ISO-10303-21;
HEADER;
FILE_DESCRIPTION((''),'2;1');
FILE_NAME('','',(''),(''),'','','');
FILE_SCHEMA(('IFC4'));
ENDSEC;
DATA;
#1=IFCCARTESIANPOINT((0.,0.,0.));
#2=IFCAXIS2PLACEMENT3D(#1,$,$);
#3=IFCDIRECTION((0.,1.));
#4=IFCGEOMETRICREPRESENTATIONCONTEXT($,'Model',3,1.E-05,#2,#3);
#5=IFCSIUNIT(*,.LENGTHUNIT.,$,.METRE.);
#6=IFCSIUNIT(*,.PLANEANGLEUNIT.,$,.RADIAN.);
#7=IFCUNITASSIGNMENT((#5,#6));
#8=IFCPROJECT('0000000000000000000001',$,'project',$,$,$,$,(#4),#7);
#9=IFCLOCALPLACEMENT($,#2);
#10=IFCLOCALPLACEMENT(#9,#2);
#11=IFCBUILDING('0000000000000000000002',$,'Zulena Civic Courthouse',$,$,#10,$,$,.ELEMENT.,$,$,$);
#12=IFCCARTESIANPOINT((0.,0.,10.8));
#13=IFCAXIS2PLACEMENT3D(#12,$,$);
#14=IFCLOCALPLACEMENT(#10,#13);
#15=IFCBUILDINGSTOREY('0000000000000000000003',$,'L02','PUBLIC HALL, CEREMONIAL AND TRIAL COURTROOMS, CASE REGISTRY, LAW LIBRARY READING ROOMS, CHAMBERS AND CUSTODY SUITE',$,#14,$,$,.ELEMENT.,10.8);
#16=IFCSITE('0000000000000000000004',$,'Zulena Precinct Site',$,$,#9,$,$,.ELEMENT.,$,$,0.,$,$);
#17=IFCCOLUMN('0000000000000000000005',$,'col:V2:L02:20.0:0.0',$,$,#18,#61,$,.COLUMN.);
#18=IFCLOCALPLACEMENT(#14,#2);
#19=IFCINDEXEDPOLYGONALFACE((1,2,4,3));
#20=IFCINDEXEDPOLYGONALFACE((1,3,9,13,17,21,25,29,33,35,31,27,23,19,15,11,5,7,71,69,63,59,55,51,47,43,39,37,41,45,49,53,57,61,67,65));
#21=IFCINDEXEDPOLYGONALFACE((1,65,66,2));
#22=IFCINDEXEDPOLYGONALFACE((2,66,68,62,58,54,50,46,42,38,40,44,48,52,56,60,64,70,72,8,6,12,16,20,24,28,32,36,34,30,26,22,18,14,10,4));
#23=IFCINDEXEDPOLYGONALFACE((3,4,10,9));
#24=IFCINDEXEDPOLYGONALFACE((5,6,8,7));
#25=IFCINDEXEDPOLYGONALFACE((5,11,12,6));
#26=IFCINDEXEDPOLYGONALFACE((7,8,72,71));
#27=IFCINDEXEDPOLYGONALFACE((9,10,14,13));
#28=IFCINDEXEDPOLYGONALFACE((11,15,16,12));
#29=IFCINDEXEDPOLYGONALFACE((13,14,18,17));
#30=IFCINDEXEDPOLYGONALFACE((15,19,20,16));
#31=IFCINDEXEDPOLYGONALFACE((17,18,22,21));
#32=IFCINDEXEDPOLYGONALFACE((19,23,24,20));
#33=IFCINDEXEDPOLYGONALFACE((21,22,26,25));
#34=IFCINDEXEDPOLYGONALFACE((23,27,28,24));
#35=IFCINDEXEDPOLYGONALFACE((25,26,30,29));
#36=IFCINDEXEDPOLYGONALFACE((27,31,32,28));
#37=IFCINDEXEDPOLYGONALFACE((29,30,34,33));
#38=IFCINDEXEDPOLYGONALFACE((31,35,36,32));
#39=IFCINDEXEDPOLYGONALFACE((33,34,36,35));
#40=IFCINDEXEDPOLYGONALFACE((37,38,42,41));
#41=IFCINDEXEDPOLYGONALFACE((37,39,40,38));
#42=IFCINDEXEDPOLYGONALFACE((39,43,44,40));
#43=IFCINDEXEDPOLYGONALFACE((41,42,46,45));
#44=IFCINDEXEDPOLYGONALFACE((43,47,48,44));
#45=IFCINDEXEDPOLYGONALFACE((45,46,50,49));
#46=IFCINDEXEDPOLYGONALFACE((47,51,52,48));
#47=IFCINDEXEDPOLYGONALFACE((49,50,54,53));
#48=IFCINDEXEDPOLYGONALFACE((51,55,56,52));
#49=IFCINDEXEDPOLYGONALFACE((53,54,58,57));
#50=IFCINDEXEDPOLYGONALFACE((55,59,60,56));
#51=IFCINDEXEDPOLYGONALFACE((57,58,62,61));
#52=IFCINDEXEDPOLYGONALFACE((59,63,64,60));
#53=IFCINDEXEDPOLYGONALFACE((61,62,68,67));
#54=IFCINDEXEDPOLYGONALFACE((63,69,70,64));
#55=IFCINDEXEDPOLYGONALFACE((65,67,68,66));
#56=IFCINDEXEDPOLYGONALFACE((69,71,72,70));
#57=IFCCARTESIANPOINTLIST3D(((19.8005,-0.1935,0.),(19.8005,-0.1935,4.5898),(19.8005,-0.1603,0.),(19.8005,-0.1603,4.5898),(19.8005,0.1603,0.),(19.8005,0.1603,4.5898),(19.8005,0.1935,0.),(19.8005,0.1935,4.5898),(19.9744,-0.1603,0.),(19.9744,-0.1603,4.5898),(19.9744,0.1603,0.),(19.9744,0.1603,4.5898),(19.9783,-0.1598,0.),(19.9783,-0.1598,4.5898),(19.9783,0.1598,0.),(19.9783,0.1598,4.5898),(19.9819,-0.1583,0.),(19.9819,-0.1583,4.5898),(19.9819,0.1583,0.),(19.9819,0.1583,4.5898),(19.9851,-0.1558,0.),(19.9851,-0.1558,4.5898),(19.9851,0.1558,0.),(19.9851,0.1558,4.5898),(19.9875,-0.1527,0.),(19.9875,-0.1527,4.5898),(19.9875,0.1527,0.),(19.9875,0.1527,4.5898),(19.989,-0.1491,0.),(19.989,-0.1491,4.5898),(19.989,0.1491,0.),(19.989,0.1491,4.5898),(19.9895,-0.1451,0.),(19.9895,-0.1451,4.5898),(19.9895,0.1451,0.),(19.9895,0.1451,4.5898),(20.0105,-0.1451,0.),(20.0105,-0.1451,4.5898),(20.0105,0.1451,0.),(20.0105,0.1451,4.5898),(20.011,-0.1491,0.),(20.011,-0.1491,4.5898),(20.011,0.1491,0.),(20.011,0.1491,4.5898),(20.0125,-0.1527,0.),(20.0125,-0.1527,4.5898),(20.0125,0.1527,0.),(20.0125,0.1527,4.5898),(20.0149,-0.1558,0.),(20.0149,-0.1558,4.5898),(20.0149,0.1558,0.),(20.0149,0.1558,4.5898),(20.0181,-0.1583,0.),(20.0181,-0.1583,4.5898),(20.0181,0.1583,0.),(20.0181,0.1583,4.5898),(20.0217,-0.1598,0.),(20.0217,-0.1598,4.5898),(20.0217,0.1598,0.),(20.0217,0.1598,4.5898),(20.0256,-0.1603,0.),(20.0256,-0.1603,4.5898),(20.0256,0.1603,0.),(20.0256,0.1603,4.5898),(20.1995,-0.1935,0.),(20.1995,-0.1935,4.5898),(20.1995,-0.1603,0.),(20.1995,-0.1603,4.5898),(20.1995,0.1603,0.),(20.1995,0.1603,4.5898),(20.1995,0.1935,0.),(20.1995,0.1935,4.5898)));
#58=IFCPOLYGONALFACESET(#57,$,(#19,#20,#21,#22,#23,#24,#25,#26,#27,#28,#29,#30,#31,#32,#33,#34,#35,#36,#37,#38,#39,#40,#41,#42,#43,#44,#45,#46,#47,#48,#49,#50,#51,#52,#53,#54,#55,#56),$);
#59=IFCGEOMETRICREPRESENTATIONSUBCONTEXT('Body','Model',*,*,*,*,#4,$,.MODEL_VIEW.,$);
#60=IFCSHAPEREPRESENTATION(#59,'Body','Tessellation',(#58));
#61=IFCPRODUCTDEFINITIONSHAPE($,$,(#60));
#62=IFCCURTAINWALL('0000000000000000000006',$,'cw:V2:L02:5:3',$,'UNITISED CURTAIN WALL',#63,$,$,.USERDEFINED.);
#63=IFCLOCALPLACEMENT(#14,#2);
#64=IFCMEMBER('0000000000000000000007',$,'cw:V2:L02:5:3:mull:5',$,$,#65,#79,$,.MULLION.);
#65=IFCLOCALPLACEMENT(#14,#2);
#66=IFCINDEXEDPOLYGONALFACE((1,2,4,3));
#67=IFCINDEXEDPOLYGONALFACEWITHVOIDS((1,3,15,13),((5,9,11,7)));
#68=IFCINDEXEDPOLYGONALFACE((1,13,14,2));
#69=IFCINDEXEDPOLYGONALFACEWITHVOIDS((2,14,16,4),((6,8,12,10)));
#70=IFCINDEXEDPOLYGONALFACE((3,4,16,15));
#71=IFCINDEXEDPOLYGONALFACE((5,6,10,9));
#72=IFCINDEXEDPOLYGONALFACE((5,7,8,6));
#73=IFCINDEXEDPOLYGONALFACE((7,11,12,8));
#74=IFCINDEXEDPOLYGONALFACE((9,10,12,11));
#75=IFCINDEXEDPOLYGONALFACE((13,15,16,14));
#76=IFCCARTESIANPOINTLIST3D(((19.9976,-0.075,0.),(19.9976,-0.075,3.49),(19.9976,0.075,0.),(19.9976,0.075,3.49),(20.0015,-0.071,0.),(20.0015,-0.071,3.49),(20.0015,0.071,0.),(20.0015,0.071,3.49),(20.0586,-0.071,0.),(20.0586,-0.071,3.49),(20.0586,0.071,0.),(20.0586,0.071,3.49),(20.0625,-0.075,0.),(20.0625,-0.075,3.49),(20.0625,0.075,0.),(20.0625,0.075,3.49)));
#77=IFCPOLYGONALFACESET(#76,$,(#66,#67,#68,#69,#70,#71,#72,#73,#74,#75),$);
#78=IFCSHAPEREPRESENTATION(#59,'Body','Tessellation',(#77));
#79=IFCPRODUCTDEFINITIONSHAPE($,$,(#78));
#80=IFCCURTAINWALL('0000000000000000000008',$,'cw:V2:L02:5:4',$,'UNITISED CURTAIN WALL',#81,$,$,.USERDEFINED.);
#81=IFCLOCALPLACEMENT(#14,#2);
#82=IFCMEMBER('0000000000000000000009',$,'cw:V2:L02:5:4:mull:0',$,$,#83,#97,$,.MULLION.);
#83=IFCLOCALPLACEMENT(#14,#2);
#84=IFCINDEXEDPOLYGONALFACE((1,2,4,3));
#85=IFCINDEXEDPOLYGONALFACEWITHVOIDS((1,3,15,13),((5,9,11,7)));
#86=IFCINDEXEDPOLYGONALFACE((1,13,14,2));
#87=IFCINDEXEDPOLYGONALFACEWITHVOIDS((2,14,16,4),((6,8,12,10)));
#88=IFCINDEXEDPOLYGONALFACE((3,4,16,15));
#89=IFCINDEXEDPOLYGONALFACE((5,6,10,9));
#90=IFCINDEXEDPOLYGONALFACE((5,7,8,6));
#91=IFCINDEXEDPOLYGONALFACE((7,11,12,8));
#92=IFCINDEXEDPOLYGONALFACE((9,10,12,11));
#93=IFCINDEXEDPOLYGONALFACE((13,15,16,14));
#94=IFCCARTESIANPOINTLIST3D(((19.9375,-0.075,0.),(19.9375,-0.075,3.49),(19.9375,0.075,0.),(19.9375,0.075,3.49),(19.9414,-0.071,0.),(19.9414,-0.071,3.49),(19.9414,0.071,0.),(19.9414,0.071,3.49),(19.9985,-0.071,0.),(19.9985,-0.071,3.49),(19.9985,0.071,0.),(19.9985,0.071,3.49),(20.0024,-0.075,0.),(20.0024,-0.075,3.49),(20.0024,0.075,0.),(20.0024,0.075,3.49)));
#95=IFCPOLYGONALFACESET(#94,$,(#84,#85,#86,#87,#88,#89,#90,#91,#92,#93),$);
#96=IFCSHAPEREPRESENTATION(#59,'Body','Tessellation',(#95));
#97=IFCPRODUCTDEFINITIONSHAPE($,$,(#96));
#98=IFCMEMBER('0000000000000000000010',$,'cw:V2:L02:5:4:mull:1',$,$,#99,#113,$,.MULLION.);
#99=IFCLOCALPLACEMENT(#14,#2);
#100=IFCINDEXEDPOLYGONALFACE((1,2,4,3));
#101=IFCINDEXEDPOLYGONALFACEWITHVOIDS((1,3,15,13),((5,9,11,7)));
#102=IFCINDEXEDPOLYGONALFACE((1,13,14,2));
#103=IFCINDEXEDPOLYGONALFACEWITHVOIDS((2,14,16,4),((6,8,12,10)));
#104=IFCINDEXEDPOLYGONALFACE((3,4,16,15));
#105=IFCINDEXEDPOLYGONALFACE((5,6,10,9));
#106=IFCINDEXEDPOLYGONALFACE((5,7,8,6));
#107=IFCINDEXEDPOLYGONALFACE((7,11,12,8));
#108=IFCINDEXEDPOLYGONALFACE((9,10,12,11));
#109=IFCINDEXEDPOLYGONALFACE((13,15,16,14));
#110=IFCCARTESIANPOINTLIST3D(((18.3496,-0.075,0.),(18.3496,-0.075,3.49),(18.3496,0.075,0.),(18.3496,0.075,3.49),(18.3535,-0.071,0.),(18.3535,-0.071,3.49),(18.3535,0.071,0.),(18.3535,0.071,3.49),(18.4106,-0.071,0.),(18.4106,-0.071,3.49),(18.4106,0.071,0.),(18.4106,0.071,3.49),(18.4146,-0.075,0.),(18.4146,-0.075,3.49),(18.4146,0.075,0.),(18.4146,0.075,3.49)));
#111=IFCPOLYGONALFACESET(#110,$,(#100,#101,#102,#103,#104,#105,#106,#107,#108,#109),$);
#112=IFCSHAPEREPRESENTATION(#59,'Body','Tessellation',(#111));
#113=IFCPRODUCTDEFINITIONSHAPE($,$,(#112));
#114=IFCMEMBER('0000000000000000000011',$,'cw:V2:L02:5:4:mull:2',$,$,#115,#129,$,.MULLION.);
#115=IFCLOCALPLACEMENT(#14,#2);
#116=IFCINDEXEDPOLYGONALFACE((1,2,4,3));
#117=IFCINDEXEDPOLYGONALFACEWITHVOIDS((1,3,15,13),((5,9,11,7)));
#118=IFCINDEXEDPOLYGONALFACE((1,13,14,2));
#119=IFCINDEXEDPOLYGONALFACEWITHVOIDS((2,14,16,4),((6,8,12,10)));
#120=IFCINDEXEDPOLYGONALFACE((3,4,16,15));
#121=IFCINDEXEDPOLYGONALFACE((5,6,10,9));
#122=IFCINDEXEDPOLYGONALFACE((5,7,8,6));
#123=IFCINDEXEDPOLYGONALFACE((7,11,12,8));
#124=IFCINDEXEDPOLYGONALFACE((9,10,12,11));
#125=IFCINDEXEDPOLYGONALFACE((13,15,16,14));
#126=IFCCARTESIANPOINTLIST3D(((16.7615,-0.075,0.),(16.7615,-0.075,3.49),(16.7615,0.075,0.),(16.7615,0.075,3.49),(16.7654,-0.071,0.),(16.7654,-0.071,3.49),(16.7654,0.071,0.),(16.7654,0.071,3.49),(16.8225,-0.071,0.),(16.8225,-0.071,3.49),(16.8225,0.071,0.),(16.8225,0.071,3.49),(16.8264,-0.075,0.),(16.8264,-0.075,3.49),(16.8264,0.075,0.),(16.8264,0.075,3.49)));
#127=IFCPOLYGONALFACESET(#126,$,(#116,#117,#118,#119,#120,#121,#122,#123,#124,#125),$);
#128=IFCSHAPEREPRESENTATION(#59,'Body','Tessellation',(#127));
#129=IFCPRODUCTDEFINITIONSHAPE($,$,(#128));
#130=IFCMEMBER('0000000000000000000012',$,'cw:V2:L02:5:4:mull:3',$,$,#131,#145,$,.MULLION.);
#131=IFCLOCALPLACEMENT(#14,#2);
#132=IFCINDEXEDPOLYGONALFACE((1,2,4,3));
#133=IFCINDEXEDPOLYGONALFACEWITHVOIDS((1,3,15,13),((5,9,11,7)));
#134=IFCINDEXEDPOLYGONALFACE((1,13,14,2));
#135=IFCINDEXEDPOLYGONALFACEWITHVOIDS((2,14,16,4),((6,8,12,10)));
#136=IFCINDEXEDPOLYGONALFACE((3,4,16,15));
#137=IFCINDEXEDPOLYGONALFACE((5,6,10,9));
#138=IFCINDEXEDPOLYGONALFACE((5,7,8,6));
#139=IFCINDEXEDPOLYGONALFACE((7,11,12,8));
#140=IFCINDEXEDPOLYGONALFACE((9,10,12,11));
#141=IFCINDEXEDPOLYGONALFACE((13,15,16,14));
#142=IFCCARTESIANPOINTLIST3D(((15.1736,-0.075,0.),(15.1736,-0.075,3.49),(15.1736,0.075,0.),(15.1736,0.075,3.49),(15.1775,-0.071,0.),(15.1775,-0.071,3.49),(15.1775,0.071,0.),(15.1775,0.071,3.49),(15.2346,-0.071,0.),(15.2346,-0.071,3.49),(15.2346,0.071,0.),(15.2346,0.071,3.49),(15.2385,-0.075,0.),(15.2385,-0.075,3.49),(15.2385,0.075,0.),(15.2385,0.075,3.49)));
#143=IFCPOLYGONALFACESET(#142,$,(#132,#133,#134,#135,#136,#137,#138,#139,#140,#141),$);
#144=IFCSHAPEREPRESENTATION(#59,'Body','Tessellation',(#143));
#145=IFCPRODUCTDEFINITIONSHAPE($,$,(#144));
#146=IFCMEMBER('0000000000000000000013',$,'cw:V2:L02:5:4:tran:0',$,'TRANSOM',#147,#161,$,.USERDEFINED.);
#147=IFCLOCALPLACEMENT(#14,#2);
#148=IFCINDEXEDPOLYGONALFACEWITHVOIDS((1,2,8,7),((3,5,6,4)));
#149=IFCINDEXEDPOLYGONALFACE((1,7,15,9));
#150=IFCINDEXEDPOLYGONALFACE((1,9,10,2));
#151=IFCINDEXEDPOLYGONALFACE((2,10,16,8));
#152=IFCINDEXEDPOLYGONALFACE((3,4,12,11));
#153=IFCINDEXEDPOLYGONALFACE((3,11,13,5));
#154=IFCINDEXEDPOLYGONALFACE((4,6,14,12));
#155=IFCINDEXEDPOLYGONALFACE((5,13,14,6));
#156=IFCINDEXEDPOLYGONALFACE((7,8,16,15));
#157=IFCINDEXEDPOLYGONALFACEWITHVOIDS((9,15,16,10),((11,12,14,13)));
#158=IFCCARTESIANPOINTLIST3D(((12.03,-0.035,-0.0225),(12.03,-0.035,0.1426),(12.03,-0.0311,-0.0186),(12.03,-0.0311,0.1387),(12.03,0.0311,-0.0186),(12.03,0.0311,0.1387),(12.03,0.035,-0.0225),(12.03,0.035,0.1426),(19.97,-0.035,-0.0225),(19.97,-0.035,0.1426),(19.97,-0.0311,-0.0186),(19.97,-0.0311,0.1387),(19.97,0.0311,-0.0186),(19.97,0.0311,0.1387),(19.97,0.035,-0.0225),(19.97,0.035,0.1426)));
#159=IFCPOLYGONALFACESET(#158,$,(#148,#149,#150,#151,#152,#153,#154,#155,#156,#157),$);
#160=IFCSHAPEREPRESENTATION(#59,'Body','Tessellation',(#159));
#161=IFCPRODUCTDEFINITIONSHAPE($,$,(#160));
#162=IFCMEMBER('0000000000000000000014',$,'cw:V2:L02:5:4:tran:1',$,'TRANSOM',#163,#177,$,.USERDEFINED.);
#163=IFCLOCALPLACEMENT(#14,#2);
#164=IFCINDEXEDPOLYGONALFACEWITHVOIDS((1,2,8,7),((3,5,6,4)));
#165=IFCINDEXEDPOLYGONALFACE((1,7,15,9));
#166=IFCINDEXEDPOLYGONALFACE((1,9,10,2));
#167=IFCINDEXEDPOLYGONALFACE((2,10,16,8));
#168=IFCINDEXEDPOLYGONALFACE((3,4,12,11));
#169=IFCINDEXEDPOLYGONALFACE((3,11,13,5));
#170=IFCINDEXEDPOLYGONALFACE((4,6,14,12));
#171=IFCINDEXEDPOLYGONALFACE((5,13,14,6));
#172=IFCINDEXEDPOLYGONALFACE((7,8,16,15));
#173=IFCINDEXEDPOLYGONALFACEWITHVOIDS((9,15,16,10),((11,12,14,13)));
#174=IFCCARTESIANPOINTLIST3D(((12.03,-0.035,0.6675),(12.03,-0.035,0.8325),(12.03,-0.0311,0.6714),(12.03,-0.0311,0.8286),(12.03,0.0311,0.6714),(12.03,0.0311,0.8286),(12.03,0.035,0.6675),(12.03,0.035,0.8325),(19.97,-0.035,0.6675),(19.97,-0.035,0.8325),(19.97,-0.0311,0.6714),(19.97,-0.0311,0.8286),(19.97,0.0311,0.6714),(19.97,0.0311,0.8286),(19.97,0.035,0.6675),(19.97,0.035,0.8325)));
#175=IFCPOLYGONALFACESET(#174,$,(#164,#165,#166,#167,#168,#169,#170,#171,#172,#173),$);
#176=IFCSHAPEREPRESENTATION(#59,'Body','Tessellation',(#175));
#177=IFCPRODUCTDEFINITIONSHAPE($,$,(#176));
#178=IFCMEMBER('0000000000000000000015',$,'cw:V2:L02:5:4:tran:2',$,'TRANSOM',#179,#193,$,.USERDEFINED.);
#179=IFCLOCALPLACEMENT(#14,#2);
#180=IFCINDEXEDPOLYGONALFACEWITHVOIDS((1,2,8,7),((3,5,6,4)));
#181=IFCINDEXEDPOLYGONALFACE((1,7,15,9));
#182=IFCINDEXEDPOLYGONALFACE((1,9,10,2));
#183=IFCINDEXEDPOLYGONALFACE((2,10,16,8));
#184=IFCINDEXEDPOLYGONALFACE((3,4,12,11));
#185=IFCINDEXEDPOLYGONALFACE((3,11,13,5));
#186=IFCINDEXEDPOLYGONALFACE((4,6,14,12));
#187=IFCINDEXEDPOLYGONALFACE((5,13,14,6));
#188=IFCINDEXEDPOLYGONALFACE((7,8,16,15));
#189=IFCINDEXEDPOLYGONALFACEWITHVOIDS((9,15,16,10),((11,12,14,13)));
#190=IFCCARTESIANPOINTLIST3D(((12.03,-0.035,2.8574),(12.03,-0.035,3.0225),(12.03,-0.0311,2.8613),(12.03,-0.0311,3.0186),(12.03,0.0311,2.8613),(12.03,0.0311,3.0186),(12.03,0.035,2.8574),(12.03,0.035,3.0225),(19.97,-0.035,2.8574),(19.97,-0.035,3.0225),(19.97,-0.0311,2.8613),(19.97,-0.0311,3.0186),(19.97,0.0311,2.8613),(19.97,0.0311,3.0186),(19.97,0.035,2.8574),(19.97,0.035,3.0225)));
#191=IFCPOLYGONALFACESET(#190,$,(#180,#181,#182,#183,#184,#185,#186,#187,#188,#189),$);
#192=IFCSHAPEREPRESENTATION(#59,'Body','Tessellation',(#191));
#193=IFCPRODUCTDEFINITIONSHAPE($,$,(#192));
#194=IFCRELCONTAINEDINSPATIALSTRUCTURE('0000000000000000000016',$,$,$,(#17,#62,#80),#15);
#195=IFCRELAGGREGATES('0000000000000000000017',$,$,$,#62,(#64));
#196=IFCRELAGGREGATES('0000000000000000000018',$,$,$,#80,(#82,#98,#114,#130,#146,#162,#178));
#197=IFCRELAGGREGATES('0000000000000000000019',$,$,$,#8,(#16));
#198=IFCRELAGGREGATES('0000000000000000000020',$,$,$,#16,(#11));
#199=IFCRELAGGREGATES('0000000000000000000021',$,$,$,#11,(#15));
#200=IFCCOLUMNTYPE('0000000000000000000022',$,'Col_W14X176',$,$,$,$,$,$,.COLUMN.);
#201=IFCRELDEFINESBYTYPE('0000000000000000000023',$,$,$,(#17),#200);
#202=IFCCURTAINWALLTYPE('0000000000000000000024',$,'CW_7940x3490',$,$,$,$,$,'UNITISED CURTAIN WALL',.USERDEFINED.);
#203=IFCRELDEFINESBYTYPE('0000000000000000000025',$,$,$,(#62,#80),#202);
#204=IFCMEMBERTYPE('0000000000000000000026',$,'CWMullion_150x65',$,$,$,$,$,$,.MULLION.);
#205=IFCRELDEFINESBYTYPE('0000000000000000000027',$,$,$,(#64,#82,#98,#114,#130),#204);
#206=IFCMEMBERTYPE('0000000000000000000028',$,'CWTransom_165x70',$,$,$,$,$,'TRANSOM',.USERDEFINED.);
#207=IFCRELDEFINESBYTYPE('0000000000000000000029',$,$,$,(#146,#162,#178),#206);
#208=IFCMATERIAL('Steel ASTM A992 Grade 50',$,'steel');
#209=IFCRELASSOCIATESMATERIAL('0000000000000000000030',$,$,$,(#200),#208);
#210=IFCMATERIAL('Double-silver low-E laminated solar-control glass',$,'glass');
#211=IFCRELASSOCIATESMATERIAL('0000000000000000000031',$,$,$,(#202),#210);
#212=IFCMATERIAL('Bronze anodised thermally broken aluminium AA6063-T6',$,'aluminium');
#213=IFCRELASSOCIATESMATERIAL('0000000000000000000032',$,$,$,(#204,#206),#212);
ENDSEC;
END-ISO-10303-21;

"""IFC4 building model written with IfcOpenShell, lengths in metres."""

from ifc_helpers import new_model, si_unit, direction, frame, origin, origin_2d, place, context, subcontext, project, spatial, hollow_rectangle, i_section, extrude, material, material_profile, profile_set, type_object, element, aggregate, save


model = new_model("IFC4")

# Units and contexts
model_context = context("Model", 3, precision=1e-05, world=origin(), true_north=direction((0.0, 1.0)))
body_context = subcontext(model_context, "Body", "Model", "MODEL_VIEW")
ifc_project = project(units=[si_unit("LENGTHUNIT", "METRE"), si_unit("PLANEANGLEUNIT", "RADIAN")], contexts=[model_context])

# Site, building, storey
site_placement = place(None, origin())
site = spatial("IfcSite", under=ifc_project, at=site_placement, Name="Zulena Precinct Site", CompositionType="ELEMENT", RefElevation=0.0)
building_placement = place(site_placement, origin())
building = spatial("IfcBuilding", under=site, at=building_placement, Name="Zulena Civic Courthouse", CompositionType="ELEMENT")
storey_placement = place(building_placement, frame((0.0, 0.0, 10.8)))
storey = spatial("IfcBuildingStorey", under=building, at=storey_placement, Name="L02", Description="PUBLIC HALL, CEREMONIAL AND TRIAL COURTROOMS, CASE REGISTRY, LAW LIBRARY READING ROOMS, CHAMBERS AND CUSTODY SUITE", CompositionType="ELEMENT", Elevation=10.8)

# Column
ifc_material_1 = material(Name="Steel ASTM A992 Grade 50", Category="steel")
ifc_material_profile_1 = material_profile(ifc_material_1, i_section(OverallWidth=0.3989, OverallDepth=0.387, WebThickness=0.021, FlangeThickness=0.0332, FilletRadius=0.0151, at=origin_2d()), Name="W14X176")
ifc_profile_set_1 = profile_set([ifc_material_profile_1], Name="Steel ASTM A992 Grade 50")
column_type = type_object("IfcColumnType", Name="Col_W14X176", PredefinedType="COLUMN", material=ifc_profile_set_1)
column_placement = place(storey_placement, frame((20.0, 0.0, 0.0), z_axis=(0.0, 0.0, 1.0), x_axis=(1.0, 0.0, 0.0)))
element("IfcColumn", 1, at=column_placement, inside=storey, type_object=column_type, Name="col:V2:L02:20.0:0.0", PredefinedType="COLUMN", context=body_context, shape_type="SweptSolid", body=[
    extrude(i_section(OverallWidth=0.3989, OverallDepth=0.387, WebThickness=0.021, FlangeThickness=0.0332, FilletRadius=0.0151, at=origin_2d()), origin(), (0.0, 0.0, 1.0), 4.5898),
])

# Curtain wall, member
ifc_material_2 = material(Name="Double-silver low-E laminated solar-control glass", Category="glass")
curtain_wall_type = type_object("IfcCurtainWallType", Name="CW_7940x3490", ElementType="UNITISED CURTAIN WALL", PredefinedType="USERDEFINED", material=ifc_material_2)
curtain_wall_1_placement = place(storey_placement, origin())
curtain_wall_1 = element("IfcCurtainWall", 2, at=curtain_wall_1_placement, inside=storey, type_object=curtain_wall_type, Name="cw:V2:L02:5:3", ObjectType="UNITISED CURTAIN WALL", PredefinedType="USERDEFINED")
ifc_material_3 = material(Name="Bronze anodised thermally broken aluminium AA6063-T6", Category="aluminium")
ifc_material_profile_2 = material_profile(ifc_material_3, hollow_rectangle(XDim=0.0649, YDim=0.1499, WallThickness=0.0039, at=origin_2d()), Name="CWM150X65X4")
ifc_profile_set_2 = profile_set([ifc_material_profile_2], Name="Bronze anodised thermally broken aluminium AA6063-T6")
member_type_1 = type_object("IfcMemberType", Name="CWMullion_150x65", PredefinedType="MULLION", material=ifc_profile_set_2)
member_1_placement = place(storey_placement, frame((20.03, 0.0, 0.0), z_axis=(0.0, 0.0, 1.0), x_axis=(1.0, 0.0, 0.0)))
member_1 = element("IfcMember", 3, at=member_1_placement, type_object=member_type_1, Name="cw:V2:L02:5:3:mull:5", PredefinedType="MULLION", context=body_context, shape_type="SweptSolid", body=[
    extrude(hollow_rectangle(XDim=0.0649, YDim=0.1499, WallThickness=0.0039, at=origin_2d()), origin(), (0.0, 0.0, 1.0), 3.49),
])

# Curtain wall, members
curtain_wall_2_placement = place(storey_placement, origin())
curtain_wall_2 = element("IfcCurtainWall", 4, at=curtain_wall_2_placement, inside=storey, type_object=curtain_wall_type, Name="cw:V2:L02:5:4", ObjectType="UNITISED CURTAIN WALL", PredefinedType="USERDEFINED")
member_2_placement = place(storey_placement, frame((19.97, 0.0, 0.0), z_axis=(0.0, 0.0, 1.0), x_axis=(1.0, 0.0, 0.0)))
member_2 = element("IfcMember", 5, at=member_2_placement, type_object=member_type_1, Name="cw:V2:L02:5:4:mull:0", PredefinedType="MULLION", context=body_context, shape_type="SweptSolid", body=[
    extrude(hollow_rectangle(XDim=0.0649, YDim=0.1499, WallThickness=0.0039, at=origin_2d()), origin(), (0.0, 0.0, 1.0), 3.49),
])
member_3_placement = place(storey_placement, frame((18.3821, 0.0, 0.0), z_axis=(0.0, 0.0, 1.0), x_axis=(1.0, 0.0, 0.0)))
member_3 = element("IfcMember", 6, at=member_3_placement, type_object=member_type_1, Name="cw:V2:L02:5:4:mull:1", PredefinedType="MULLION", context=body_context, shape_type="SweptSolid", body=[
    extrude(hollow_rectangle(XDim=0.0649, YDim=0.1499, WallThickness=0.0039, at=origin_2d()), origin(), (0.0, 0.0, 1.0), 3.49),
])
member_4_placement = place(storey_placement, frame((16.7939, 0.0, 0.0), z_axis=(0.0, 0.0, 1.0), x_axis=(1.0, 0.0, 0.0)))
member_4 = element("IfcMember", 7, at=member_4_placement, type_object=member_type_1, Name="cw:V2:L02:5:4:mull:2", PredefinedType="MULLION", context=body_context, shape_type="SweptSolid", body=[
    extrude(hollow_rectangle(XDim=0.0649, YDim=0.1499, WallThickness=0.0039, at=origin_2d()), origin(), (0.0, 0.0, 1.0), 3.49),
])
member_5_placement = place(storey_placement, frame((15.2061, 0.0, 0.0), z_axis=(0.0, 0.0, 1.0), x_axis=(1.0, 0.0, 0.0)))
member_5 = element("IfcMember", 8, at=member_5_placement, type_object=member_type_1, Name="cw:V2:L02:5:4:mull:3", PredefinedType="MULLION", context=body_context, shape_type="SweptSolid", body=[
    extrude(hollow_rectangle(XDim=0.0649, YDim=0.1499, WallThickness=0.0039, at=origin_2d()), origin(), (0.0, 0.0, 1.0), 3.49),
])
ifc_material_profile_3 = material_profile(ifc_material_3, hollow_rectangle(XDim=0.0701, YDim=0.165, WallThickness=0.0039, at=origin_2d()), Name="CWT165X70X4")
ifc_profile_set_3 = profile_set([ifc_material_profile_3], Name="Bronze anodised thermally broken aluminium AA6063-T6")
member_type_2 = type_object("IfcMemberType", Name="CWTransom_165x70", ElementType="TRANSOM", PredefinedType="USERDEFINED", material=ifc_profile_set_3)
member_6_placement = place(storey_placement, frame((19.97, 0.0, 0.0601), z_axis=(-1.0, 0.0, 0.0), x_axis=(0.0, -1.0, 0.0)))
member_6 = element("IfcMember", 9, at=member_6_placement, type_object=member_type_2, Name="cw:V2:L02:5:4:tran:0", ObjectType="TRANSOM", PredefinedType="USERDEFINED", context=body_context, shape_type="SweptSolid", body=[
    extrude(hollow_rectangle(XDim=0.0701, YDim=0.165, WallThickness=0.0039, at=origin_2d()), origin(), (0.0, 0.0, 1.0), 7.9399),
])
member_7_placement = place(storey_placement, frame((19.97, 0.0, 0.75), z_axis=(-1.0, 0.0, 0.0), x_axis=(0.0, -1.0, 0.0)))
member_7 = element("IfcMember", 10, at=member_7_placement, type_object=member_type_2, Name="cw:V2:L02:5:4:tran:1", ObjectType="TRANSOM", PredefinedType="USERDEFINED", context=body_context, shape_type="SweptSolid", body=[
    extrude(hollow_rectangle(XDim=0.0701, YDim=0.165, WallThickness=0.0039, at=origin_2d()), origin(), (0.0, 0.0, 1.0), 7.9399),
])
member_8_placement = place(storey_placement, frame((19.97, 0.0, 2.9399), z_axis=(-1.0, 0.0, 0.0), x_axis=(0.0, -1.0, 0.0)))
member_8 = element("IfcMember", 11, at=member_8_placement, type_object=member_type_2, Name="cw:V2:L02:5:4:tran:2", ObjectType="TRANSOM", PredefinedType="USERDEFINED", context=body_context, shape_type="SweptSolid", body=[
    extrude(hollow_rectangle(XDim=0.0701, YDim=0.165, WallThickness=0.0039, at=origin_2d()), origin(), (0.0, 0.0, 1.0), 7.9399),
])

aggregate(curtain_wall_1, [member_1])
aggregate(curtain_wall_2, [member_2, member_3, member_4, member_5, member_6, member_7, member_8])

save(model, "model.ifc")
